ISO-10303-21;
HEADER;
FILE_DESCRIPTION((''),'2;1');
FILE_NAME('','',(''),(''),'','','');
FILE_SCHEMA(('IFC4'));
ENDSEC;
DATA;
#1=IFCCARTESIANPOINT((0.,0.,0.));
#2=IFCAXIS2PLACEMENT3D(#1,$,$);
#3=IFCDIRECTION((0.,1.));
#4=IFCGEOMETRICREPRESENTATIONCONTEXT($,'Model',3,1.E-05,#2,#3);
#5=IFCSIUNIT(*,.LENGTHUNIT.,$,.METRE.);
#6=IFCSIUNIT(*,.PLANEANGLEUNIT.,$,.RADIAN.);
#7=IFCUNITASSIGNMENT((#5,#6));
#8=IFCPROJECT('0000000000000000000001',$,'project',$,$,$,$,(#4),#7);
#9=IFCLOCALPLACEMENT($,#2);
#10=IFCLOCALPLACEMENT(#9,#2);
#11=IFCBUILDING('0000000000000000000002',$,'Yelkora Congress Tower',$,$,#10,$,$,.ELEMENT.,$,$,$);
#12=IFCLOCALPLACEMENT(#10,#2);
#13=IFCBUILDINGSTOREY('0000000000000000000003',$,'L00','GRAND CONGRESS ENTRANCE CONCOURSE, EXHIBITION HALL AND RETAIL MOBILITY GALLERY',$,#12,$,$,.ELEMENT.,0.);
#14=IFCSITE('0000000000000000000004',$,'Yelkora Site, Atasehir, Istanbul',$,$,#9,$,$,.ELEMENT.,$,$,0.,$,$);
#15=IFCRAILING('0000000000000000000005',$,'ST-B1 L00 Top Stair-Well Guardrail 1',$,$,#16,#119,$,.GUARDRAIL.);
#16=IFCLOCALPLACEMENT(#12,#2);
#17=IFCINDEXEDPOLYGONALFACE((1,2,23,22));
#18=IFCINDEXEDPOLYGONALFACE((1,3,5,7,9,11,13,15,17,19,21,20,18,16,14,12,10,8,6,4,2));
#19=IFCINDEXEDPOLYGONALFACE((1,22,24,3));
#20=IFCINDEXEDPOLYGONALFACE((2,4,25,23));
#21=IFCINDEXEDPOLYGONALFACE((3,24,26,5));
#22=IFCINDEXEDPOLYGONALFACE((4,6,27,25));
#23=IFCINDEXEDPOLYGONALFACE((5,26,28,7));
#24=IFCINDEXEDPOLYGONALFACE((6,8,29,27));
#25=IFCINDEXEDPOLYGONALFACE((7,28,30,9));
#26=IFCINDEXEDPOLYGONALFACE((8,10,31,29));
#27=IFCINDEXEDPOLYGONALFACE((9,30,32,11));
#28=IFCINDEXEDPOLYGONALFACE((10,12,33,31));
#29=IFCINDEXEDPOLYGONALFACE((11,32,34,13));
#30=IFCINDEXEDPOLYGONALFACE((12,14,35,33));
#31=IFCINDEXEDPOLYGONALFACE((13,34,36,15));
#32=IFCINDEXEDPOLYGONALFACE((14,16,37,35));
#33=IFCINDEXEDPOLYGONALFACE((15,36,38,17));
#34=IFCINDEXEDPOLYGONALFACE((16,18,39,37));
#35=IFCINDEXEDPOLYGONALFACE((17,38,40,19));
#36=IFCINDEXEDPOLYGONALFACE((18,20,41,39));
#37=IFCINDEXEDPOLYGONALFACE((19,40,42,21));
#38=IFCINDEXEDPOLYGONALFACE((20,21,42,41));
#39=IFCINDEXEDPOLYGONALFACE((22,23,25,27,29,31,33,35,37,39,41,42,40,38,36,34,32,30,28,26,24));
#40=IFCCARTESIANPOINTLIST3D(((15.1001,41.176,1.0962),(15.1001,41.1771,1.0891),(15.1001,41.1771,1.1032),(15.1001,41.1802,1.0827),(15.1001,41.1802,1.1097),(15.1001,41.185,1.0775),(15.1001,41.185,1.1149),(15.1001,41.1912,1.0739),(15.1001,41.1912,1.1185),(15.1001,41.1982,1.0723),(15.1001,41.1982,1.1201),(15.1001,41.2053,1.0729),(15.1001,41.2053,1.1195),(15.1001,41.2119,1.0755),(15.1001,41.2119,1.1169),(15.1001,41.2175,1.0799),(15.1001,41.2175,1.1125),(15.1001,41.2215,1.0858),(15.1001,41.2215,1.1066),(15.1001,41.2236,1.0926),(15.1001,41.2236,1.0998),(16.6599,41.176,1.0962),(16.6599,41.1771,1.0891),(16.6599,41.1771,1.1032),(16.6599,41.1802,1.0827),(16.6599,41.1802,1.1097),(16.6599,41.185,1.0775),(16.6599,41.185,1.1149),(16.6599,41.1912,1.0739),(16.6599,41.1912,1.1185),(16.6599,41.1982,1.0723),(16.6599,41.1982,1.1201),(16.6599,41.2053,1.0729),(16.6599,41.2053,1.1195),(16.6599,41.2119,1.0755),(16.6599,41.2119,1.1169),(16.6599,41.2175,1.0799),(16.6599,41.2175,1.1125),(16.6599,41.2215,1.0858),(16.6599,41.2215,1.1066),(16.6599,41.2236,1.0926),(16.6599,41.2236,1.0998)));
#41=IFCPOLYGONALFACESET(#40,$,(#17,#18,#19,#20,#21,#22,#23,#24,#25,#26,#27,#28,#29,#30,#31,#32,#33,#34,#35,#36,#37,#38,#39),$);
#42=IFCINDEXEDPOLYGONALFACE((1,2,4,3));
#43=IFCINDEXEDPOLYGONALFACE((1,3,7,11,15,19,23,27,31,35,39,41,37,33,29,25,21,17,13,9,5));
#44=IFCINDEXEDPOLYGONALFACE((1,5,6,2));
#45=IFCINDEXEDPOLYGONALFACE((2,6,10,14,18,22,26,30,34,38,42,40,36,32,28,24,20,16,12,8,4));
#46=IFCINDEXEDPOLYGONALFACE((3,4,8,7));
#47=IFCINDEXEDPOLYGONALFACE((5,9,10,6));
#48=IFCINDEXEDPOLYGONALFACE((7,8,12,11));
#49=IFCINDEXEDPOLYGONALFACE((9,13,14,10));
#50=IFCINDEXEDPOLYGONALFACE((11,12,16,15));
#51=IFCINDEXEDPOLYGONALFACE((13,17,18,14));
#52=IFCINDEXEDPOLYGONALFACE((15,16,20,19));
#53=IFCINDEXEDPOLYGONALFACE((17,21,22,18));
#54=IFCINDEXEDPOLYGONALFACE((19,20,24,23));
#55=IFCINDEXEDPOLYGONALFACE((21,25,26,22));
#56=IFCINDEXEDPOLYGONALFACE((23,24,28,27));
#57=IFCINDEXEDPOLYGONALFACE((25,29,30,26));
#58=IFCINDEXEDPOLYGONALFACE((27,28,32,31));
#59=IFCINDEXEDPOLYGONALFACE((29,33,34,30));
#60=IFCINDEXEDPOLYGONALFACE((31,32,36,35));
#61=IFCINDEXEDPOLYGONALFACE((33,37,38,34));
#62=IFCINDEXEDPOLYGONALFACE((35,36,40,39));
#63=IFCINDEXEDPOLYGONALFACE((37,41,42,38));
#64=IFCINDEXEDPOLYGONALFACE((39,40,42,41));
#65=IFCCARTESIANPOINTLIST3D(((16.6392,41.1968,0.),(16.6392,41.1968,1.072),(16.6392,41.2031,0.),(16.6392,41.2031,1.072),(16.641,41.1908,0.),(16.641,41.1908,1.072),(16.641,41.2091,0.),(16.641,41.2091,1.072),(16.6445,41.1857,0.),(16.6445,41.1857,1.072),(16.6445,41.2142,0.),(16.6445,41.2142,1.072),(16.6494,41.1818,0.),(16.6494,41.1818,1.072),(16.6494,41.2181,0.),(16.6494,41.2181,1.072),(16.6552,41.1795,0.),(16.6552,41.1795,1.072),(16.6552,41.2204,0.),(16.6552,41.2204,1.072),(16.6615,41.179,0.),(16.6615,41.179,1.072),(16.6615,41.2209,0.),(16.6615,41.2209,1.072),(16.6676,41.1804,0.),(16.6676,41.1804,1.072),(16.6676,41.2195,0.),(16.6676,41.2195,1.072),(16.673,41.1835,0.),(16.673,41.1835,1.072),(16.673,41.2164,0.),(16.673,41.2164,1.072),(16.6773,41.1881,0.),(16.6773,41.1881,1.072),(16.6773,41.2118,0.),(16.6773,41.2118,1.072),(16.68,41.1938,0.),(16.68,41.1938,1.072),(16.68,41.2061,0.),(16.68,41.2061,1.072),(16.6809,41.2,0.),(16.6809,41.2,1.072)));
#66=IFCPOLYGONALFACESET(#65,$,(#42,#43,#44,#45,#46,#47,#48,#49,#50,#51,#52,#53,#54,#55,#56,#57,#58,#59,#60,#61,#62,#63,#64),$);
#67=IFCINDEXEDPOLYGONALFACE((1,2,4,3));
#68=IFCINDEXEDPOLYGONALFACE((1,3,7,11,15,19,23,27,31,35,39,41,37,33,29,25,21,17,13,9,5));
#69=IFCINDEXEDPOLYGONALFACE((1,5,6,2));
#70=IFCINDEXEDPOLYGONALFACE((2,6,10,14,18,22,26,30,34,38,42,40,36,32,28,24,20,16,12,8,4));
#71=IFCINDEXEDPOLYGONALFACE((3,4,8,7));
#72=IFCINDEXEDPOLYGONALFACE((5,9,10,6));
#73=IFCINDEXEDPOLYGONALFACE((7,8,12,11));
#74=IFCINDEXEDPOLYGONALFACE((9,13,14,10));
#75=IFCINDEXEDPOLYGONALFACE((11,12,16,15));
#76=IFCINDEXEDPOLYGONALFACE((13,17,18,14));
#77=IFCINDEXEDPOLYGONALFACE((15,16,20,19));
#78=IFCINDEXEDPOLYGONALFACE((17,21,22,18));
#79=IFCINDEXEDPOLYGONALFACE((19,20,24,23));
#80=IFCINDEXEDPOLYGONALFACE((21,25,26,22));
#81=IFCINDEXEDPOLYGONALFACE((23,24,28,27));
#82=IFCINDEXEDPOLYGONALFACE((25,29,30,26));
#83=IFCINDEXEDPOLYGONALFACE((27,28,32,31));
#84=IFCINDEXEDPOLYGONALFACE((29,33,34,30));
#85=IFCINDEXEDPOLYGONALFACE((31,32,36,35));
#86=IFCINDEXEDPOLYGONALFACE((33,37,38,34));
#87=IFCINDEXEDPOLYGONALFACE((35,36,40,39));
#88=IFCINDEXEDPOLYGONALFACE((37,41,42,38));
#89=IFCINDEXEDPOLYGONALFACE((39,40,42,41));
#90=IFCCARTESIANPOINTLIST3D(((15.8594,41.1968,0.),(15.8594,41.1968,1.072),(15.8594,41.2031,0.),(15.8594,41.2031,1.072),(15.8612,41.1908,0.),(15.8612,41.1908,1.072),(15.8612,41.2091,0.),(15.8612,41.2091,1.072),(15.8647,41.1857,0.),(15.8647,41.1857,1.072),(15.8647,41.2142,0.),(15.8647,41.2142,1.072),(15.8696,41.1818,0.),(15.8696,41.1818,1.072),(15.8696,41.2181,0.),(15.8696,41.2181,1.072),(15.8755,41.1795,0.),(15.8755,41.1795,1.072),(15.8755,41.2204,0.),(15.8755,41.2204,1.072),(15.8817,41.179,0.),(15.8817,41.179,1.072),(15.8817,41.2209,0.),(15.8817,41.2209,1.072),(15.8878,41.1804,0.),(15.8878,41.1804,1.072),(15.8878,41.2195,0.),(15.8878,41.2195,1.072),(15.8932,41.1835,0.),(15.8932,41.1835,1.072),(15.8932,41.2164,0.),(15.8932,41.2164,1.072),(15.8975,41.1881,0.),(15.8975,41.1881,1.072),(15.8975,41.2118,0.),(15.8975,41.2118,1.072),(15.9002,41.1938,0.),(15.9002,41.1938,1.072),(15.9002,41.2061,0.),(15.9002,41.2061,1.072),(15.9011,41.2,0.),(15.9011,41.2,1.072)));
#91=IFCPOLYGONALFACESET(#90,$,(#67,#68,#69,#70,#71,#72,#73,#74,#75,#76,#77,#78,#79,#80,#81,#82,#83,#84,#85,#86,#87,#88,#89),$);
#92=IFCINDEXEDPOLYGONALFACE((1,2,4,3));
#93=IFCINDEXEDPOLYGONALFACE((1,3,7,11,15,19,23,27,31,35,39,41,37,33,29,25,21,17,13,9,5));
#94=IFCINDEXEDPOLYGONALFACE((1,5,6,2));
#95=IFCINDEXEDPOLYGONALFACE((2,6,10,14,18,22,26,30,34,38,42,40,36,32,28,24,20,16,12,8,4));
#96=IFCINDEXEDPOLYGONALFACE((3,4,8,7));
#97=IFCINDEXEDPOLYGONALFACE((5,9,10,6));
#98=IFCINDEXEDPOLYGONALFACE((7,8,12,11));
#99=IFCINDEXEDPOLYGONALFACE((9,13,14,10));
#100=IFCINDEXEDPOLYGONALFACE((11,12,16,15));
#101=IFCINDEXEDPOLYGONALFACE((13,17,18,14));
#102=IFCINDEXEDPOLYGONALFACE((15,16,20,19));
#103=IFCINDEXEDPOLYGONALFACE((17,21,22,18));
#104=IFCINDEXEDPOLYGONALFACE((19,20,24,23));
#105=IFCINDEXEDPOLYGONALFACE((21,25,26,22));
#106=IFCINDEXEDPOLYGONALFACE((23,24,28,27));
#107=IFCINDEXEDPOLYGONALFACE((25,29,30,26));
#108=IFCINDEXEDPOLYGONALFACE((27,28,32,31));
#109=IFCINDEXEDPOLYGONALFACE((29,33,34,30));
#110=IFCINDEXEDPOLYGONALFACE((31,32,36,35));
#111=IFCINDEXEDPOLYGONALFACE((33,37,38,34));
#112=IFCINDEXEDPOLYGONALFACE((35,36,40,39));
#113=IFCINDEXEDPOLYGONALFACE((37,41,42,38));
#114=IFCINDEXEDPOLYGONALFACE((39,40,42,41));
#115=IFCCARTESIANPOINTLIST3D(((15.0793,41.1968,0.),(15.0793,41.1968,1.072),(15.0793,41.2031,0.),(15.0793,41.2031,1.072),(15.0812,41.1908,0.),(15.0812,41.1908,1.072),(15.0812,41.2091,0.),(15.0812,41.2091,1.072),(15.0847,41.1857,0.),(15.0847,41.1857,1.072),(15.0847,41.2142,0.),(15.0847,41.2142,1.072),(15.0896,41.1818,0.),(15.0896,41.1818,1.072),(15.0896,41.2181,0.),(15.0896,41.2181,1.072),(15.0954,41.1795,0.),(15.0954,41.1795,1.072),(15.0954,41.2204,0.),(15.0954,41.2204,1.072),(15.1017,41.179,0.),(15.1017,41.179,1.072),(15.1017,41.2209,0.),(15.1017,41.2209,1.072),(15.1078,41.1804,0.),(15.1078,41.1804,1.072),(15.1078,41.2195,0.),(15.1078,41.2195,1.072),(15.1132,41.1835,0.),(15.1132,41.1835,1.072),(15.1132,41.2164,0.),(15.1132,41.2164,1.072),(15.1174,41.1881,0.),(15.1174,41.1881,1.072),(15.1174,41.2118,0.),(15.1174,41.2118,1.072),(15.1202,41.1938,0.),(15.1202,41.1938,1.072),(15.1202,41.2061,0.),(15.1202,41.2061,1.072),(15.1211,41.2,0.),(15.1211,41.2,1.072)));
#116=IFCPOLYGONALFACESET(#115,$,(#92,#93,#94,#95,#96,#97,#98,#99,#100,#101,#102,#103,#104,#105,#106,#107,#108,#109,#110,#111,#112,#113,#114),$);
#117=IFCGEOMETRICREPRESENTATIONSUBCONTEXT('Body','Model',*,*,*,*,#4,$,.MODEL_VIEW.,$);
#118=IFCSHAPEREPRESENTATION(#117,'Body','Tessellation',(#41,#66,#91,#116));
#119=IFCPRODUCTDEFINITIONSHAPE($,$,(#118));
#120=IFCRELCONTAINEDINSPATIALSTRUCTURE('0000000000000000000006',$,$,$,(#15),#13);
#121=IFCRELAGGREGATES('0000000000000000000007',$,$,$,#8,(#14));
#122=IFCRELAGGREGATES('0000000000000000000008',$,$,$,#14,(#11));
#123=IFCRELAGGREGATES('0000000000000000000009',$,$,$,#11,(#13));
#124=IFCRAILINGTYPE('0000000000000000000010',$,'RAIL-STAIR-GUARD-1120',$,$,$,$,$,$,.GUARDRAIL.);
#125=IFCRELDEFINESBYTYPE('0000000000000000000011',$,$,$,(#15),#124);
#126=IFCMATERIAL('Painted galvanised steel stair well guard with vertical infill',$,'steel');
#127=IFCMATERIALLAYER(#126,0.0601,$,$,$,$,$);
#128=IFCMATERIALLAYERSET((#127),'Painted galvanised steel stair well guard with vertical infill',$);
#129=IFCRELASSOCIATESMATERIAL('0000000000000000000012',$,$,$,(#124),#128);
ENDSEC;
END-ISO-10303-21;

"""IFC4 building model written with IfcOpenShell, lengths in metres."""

from ifc_helpers import new_model, si_unit, direction, frame, origin, origin_2d, place, context, subcontext, project, spatial, circle, extrude, material, layer, layer_set, type_object, element, save


model = new_model("IFC4")

# Units and contexts
model_context = context("Model", 3, precision=1e-05, world=origin(), true_north=direction((0.0, 1.0)))
body_context = subcontext(model_context, "Body", "Model", "MODEL_VIEW")
ifc_project = project(units=[si_unit("LENGTHUNIT", "METRE"), si_unit("PLANEANGLEUNIT", "RADIAN")], contexts=[model_context])

# Site, building, storey
site_placement = place(None, origin())
site = spatial("IfcSite", under=ifc_project, at=site_placement, Name="Yelkora Site, Atasehir, Istanbul", CompositionType="ELEMENT", RefElevation=0.0)
building_placement = place(site_placement, origin())
building = spatial("IfcBuilding", under=site, at=building_placement, Name="Yelkora Congress Tower", CompositionType="ELEMENT")
storey_placement = place(building_placement, origin())
storey = spatial("IfcBuildingStorey", under=building, at=storey_placement, Name="L00", Description="GRAND CONGRESS ENTRANCE CONCOURSE, EXHIBITION HALL AND RETAIL MOBILITY GALLERY", CompositionType="ELEMENT", Elevation=0.0)

# Railing
ifc_material_1 = material(Name="Painted galvanised steel stair well guard with vertical infill", Category="steel")
ifc_layer_1 = layer(ifc_material_1, 0.0601)
ifc_layer_set_1 = layer_set([ifc_layer_1], Name="Painted galvanised steel stair well guard with vertical infill")
railing_type_1 = type_object("IfcRailingType", Name="RAIL-STAIR-GUARD-1120", PredefinedType="GUARDRAIL", material=ifc_layer_set_1)
railing_1_placement = place(storey_placement, frame((16.6599, 41.2, 0.0)))
element("IfcRailing", 1, at=railing_1_placement, inside=storey, type_object=railing_type_1, Name="ST-B1 L00 Top Stair-Well Guardrail 1", PredefinedType="GUARDRAIL", context=body_context, shape_type="SweptSolid", body=[
    extrude(circle(Radius=0.0239, at=origin_2d()), frame((0.0, 0.0, 1.0962), z_axis=(-1.0, 0.0, 0.0), x_axis=(0.0, -1.0, 0.0)), (0.0, 0.0, 1.0), 1.5598),
    extrude(circle(Radius=0.021, at=origin_2d()), origin(), (0.0, 0.0, 1.0), 1.072),
    extrude(circle(Radius=0.021, at=origin_2d()), frame((-0.7798, 0.0, 0.0)), (0.0, 0.0, 1.0), 1.072),
    extrude(circle(Radius=0.021, at=origin_2d()), frame((-1.5598, 0.0, 0.0)), (0.0, 0.0, 1.0), 1.072),
])

save(model, "model.ifc")
